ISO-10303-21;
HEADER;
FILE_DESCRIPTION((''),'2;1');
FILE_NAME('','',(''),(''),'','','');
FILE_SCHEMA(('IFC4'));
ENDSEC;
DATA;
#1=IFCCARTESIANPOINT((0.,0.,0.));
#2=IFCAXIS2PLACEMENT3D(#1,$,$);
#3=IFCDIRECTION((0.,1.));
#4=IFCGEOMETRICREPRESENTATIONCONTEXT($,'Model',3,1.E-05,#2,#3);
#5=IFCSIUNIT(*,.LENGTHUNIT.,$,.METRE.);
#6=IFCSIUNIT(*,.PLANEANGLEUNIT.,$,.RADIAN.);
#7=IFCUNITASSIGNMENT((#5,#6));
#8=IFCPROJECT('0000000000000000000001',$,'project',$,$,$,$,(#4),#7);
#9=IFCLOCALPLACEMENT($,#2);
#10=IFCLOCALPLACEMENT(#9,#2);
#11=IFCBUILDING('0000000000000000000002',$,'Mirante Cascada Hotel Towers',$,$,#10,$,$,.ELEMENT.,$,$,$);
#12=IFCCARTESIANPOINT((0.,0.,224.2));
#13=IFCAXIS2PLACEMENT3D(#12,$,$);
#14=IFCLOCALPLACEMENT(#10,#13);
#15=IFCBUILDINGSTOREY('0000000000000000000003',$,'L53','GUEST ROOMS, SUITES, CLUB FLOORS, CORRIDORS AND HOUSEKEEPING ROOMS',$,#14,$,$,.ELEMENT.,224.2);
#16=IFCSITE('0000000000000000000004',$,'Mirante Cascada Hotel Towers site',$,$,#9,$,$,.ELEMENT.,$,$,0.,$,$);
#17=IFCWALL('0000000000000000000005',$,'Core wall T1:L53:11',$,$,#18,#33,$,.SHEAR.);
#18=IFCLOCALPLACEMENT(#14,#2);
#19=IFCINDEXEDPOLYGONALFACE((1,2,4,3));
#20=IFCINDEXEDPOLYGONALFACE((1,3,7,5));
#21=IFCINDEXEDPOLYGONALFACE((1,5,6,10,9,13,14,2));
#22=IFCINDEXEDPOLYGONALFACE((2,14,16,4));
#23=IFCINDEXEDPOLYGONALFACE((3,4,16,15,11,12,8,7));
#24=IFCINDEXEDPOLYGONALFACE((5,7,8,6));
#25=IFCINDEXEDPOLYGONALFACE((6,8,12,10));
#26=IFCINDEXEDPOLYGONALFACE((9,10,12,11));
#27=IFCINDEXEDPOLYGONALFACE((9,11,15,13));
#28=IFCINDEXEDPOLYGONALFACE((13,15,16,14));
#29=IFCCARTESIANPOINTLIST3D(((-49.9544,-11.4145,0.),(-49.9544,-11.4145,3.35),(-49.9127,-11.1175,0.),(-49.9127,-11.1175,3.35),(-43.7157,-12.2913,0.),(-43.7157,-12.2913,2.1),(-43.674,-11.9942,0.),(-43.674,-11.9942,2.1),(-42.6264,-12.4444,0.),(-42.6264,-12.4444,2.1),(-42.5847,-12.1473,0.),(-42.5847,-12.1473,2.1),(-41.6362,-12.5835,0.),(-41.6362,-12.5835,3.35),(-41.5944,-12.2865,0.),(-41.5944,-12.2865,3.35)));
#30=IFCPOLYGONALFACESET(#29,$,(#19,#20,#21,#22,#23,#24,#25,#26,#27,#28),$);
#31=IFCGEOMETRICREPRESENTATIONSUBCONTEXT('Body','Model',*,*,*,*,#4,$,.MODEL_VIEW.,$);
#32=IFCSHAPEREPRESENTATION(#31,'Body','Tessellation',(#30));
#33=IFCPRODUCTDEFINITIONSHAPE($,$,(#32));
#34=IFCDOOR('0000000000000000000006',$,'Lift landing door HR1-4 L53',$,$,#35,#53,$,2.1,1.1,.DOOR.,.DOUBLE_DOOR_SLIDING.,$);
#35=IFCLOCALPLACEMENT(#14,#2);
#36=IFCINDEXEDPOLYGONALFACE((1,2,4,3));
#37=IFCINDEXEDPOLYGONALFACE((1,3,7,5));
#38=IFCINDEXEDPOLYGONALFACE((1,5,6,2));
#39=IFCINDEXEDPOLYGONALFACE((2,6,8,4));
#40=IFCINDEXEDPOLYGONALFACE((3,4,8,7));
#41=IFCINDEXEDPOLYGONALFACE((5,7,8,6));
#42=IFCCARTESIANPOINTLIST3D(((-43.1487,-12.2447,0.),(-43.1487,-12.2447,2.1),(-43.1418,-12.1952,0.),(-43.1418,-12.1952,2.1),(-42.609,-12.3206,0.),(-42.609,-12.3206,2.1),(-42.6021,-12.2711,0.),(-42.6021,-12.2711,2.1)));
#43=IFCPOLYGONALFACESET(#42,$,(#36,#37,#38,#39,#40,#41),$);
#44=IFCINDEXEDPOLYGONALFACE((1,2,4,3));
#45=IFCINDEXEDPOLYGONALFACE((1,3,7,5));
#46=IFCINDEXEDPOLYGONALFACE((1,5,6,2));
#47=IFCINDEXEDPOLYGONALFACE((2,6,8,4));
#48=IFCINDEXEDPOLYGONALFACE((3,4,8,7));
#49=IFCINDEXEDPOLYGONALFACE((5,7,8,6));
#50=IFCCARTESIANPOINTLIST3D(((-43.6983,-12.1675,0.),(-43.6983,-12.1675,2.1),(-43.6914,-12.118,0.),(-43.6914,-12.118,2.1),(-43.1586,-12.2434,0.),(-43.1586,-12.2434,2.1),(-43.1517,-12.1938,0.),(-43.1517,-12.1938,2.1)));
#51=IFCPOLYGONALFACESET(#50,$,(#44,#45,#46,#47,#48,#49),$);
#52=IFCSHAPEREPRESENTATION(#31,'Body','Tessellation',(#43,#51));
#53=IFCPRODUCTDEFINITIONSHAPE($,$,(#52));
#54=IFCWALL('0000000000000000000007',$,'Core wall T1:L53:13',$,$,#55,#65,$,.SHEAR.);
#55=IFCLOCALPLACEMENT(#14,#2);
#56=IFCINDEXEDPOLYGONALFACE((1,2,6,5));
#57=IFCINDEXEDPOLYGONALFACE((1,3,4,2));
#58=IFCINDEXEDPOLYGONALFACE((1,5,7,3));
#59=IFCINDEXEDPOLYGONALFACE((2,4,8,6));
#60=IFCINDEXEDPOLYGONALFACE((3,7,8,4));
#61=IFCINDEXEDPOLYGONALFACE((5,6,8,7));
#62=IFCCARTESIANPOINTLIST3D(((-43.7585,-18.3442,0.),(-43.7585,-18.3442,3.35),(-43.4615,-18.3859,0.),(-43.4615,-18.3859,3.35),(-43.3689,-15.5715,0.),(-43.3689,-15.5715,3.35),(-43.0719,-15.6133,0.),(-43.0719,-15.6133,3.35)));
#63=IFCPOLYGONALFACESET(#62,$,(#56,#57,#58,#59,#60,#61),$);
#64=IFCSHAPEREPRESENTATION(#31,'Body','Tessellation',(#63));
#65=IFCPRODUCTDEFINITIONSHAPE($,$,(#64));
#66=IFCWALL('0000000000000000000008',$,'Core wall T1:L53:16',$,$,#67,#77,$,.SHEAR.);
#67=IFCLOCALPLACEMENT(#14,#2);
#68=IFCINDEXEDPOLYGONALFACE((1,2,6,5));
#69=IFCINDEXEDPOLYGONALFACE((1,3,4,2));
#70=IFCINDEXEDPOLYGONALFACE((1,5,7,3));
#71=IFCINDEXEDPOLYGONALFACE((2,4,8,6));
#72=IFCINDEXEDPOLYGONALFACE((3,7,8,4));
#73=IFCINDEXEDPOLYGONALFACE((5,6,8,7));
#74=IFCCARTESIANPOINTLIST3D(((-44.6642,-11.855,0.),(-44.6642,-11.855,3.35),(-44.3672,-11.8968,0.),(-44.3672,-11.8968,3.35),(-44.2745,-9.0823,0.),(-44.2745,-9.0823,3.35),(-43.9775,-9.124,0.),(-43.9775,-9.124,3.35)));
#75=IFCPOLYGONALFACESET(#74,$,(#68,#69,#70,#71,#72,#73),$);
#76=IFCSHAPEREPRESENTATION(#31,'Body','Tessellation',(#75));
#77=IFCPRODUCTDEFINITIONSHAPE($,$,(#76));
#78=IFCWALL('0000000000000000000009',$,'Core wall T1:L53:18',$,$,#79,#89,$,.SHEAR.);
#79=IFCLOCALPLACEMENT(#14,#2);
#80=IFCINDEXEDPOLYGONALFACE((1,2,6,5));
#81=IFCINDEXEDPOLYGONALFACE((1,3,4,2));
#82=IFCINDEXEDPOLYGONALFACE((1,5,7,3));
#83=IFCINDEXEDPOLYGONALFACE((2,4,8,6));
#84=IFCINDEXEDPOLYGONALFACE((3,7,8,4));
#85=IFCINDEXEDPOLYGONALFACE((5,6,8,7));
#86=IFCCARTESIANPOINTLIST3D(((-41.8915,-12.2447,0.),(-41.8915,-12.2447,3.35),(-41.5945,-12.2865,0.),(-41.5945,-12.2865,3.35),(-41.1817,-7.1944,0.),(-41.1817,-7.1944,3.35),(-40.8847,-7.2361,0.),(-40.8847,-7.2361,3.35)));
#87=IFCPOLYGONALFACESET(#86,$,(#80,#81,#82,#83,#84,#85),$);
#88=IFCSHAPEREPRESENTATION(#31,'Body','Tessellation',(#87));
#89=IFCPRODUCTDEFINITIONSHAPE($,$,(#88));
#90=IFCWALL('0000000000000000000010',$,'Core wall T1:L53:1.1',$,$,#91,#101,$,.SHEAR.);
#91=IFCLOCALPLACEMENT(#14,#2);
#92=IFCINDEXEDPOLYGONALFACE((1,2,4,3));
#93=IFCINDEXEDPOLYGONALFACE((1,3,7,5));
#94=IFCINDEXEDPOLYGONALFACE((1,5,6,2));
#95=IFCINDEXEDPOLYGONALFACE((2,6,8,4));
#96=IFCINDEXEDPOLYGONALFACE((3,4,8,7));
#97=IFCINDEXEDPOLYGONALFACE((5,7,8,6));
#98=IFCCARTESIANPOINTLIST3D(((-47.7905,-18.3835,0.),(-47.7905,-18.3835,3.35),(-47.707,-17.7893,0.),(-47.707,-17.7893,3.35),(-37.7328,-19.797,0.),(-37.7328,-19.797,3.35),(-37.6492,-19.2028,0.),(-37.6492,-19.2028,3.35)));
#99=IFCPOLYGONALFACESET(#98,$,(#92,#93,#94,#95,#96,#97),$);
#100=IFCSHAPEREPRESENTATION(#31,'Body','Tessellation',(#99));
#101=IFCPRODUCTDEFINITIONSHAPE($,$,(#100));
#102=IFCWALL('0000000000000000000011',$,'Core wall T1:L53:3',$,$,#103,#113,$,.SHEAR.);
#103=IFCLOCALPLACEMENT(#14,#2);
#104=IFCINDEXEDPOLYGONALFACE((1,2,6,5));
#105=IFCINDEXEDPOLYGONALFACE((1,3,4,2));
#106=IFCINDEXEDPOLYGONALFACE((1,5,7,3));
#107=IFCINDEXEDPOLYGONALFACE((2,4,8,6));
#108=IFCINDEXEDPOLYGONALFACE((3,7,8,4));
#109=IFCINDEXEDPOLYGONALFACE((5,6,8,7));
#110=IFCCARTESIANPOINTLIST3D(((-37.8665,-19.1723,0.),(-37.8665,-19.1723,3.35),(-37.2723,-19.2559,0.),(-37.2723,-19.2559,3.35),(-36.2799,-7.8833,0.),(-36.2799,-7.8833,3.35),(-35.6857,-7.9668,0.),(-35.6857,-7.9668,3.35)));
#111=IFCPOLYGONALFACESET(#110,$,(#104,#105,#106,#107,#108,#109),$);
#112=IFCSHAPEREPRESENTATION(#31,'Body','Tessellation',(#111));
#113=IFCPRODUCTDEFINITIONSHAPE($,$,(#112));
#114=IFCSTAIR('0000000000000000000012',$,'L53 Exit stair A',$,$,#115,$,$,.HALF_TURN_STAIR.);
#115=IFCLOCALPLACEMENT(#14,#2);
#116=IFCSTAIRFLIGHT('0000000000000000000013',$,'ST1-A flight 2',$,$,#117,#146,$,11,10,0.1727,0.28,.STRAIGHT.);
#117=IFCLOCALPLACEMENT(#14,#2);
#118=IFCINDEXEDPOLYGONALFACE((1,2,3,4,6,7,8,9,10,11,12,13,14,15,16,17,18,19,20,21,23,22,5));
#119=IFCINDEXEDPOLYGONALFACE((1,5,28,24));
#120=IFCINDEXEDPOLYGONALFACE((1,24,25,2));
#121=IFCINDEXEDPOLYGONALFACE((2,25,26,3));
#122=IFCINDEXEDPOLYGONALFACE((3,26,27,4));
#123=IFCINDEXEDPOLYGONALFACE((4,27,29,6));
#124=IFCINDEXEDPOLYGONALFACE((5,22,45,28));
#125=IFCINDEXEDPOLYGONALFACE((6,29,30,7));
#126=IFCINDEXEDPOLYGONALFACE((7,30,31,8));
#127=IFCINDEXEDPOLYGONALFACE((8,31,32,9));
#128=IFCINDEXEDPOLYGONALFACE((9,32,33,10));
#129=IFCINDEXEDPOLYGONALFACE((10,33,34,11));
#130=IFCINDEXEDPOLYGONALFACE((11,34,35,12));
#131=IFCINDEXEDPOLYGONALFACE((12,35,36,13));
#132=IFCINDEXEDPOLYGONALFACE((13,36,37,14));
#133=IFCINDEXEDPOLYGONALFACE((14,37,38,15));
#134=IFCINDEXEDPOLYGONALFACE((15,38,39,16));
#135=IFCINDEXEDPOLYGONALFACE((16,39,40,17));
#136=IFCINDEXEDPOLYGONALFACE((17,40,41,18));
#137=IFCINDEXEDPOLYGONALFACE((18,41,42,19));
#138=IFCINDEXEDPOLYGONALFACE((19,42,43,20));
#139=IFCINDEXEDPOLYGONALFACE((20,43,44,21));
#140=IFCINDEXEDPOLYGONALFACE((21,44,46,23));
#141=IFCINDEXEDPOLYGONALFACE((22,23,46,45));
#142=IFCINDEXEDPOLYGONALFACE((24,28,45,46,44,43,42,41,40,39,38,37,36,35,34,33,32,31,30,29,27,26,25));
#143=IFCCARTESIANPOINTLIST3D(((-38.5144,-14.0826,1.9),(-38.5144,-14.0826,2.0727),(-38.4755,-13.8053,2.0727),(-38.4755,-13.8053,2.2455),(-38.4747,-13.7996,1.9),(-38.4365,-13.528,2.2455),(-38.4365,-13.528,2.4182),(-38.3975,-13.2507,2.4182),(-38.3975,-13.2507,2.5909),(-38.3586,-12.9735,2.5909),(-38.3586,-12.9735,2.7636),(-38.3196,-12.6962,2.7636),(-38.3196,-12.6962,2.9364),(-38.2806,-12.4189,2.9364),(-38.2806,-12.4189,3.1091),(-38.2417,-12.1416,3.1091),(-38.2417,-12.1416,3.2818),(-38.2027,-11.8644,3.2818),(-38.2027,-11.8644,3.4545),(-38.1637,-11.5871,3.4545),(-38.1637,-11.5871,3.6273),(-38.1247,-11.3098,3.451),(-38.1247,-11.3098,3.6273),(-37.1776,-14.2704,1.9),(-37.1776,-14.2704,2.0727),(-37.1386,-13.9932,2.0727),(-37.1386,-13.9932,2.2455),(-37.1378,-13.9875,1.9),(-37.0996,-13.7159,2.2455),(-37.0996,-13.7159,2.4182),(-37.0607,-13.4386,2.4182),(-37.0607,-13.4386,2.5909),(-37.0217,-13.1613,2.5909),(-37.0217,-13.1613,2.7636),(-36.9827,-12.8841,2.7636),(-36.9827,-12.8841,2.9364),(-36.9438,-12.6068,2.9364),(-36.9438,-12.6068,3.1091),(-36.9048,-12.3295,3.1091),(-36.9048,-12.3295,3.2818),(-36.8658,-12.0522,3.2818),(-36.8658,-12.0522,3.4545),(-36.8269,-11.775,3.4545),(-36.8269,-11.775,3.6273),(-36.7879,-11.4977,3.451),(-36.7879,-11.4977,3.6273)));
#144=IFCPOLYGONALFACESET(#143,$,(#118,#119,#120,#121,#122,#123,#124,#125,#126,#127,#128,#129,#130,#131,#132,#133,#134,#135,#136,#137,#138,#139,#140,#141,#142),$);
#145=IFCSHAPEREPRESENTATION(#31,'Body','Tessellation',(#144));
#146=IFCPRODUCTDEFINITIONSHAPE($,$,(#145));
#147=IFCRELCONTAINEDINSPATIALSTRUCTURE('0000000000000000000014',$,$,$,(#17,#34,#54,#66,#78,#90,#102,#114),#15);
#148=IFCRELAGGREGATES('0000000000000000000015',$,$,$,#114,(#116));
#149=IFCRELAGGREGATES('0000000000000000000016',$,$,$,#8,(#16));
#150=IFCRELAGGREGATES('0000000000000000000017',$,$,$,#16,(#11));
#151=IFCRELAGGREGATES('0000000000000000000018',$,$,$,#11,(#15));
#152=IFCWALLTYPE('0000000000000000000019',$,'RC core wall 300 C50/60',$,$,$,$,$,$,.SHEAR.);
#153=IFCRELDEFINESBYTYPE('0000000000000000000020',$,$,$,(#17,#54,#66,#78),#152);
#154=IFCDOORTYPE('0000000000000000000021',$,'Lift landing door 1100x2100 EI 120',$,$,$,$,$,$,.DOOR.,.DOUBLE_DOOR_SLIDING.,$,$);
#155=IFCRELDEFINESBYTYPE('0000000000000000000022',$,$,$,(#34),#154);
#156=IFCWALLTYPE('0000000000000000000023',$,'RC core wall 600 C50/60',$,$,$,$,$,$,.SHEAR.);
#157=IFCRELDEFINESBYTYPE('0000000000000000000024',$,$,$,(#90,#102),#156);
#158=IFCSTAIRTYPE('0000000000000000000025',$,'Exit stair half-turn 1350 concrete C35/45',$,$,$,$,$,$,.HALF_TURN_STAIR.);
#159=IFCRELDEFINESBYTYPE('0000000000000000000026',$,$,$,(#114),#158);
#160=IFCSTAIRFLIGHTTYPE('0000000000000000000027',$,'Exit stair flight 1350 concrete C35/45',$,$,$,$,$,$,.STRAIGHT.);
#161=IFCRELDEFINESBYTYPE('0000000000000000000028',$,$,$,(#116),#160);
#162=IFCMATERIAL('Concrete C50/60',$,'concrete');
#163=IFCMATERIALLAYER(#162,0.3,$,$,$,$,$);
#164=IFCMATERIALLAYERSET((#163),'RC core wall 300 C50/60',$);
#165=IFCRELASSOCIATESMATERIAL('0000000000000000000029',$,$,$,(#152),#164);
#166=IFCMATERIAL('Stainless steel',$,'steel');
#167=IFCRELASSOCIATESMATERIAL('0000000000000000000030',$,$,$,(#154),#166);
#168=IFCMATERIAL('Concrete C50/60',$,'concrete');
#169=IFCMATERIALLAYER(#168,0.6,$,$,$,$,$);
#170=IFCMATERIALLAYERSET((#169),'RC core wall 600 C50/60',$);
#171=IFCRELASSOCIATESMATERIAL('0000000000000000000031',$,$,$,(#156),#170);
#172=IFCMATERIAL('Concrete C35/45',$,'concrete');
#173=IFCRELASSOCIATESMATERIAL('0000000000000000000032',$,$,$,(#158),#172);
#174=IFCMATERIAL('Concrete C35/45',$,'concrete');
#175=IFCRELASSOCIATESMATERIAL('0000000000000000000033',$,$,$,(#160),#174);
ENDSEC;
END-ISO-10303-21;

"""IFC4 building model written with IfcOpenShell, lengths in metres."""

from ifc_helpers import new_model, si_unit, direction, frame, frame_2d, origin, place, context, subcontext, project, spatial, polyline, rectangle, outline, extrude, material, layer, layer_set, type_object, element, fill, aggregate, save


model = new_model("IFC4")

# Units and contexts
model_context = context("Model", 3, precision=1e-05, world=origin(), true_north=direction((0.0, 1.0)))
body_context = subcontext(model_context, "Body", "Model", "MODEL_VIEW")
ifc_project = project(units=[si_unit("LENGTHUNIT", "METRE"), si_unit("PLANEANGLEUNIT", "RADIAN")], contexts=[model_context])

# Site, building, storey
site_placement = place(None, origin())
site = spatial("IfcSite", under=ifc_project, at=site_placement, Name="Mirante Cascada Hotel Towers site", CompositionType="ELEMENT", RefElevation=0.0)
building_placement = place(site_placement, origin())
building = spatial("IfcBuilding", under=site, at=building_placement, Name="Mirante Cascada Hotel Towers", CompositionType="ELEMENT")
storey_placement = place(building_placement, frame((0.0, 0.0, 224.2)))
storey = spatial("IfcBuildingStorey", under=building, at=storey_placement, Name="L53", Description="GUEST ROOMS, SUITES, CLUB FLOORS, CORRIDORS AND HOUSEKEEPING ROOMS", CompositionType="ELEMENT", Elevation=224.2)

# Shared definitions
ifc_material_1 = material(Name="Concrete C50/60", Category="concrete")
ifc_layer_1 = layer(ifc_material_1, 0.3)
ifc_layer_set_1 = layer_set([ifc_layer_1], Name="RC core wall 300 C50/60")
wall_type_1 = type_object("IfcWallType", Name="RC core wall 300 C50/60", PredefinedType="SHEAR", material=ifc_layer_set_1)

# Shared definitions
ifc_material_2 = material(Name="Stainless steel", Category="steel")
door_type_1 = type_object("IfcDoorType", Name="Lift landing door 1100x2100 EI 120", OperationType="DOUBLE_DOOR_SLIDING", PredefinedType="DOOR", material=ifc_material_2)

# Wall, opening, door
wall_1_placement = place(storey_placement, frame((-41.6153, -12.435, 0.0), z_axis=(0.0, 0.0, 1.0), x_axis=(-0.990269, 0.139166, 0.0)))
wall_1 = element("IfcWall", 1, at=wall_1_placement, inside=storey, type_object=wall_type_1, Name="Core wall T1:L53:11", PredefinedType="SHEAR", context=body_context, shape_type="SweptSolid", body=[
    extrude(rectangle(XDim=8.4, YDim=0.3, at=frame_2d((4.2, 0.0))), origin(), (0.0, 0.0, 1.0), 3.35),
])
opening_1_placement = place(wall_1_placement, frame((1.0, 0.0, 0.0)))
opening_1 = element("IfcOpeningElement", 2, at=opening_1_placement, cuts=wall_1, PredefinedType="OPENING", context=body_context, shape_type="SweptSolid", body=[
    extrude(rectangle(XDim=1.1, YDim=2.1, at=frame_2d((0.55, 1.05))), frame((0.0, 0.15, 0.0), z_axis=(0.0, -1.0, 0.0), x_axis=(1.0, 0.0, 0.0)), (0.0, 0.0, 1.0), 0.3),
])
door_1_placement = place(opening_1_placement, origin())
door_1 = element("IfcDoor", 3, at=door_1_placement, inside=storey, type_object=door_type_1, Name="Lift landing door HR1-4 L53", OperationType="DOUBLE_DOOR_SLIDING", OverallHeight=2.1, OverallWidth=1.1, PredefinedType="DOOR", context=body_context, shape_type="SweptSolid", body=[
    extrude(rectangle(XDim=0.545, YDim=2.1, at=frame_2d((0.2725, 1.05))), frame((0.0, 0.025, 0.0), z_axis=(0.0, -1.0, 0.0), x_axis=(1.0, 0.0, 0.0)), (0.0, 0.0, 1.0), 0.05),
    extrude(rectangle(XDim=0.545, YDim=2.1, at=frame_2d((0.8275, 1.05))), frame((0.0, 0.025, 0.0), z_axis=(0.0, -1.0, 0.0), x_axis=(1.0, 0.0, 0.0)), (0.0, 0.0, 1.0), 0.05),
])
fill(opening_1, door_1)

# Walls
wall_2_placement = place(storey_placement, frame((-43.61, -18.3651, 0.0), z_axis=(0.0, 0.0, 1.0), x_axis=(0.139146, 0.990272, 0.0)))
element("IfcWall", 4, at=wall_2_placement, inside=storey, type_object=wall_type_1, Name="Core wall T1:L53:13", PredefinedType="SHEAR", context=body_context, shape_type="SweptSolid", body=[
    extrude(rectangle(XDim=2.7999, YDim=0.3, at=frame_2d((1.4, 0.0))), origin(), (0.0, 0.0, 1.0), 3.35),
])
wall_3_placement = place(storey_placement, frame((-44.5157, -11.8759, 0.0), z_axis=(0.0, 0.0, 1.0), x_axis=(0.139181, 0.990267, 0.0)))
element("IfcWall", 5, at=wall_3_placement, inside=storey, type_object=wall_type_1, Name="Core wall T1:L53:16", PredefinedType="SHEAR", context=body_context, shape_type="SweptSolid", body=[
    extrude(rectangle(XDim=2.8, YDim=0.3, at=frame_2d((1.4, 0.0))), origin(), (0.0, 0.0, 1.0), 3.35),
])
wall_4_placement = place(storey_placement, frame((-41.743, -12.2656, 0.0), z_axis=(0.0, 0.0, 1.0), x_axis=(0.139176, 0.990268, 0.0)))
element("IfcWall", 6, at=wall_4_placement, inside=storey, type_object=wall_type_1, Name="Core wall T1:L53:18", PredefinedType="SHEAR", context=body_context, shape_type="SweptSolid", body=[
    extrude(rectangle(XDim=5.1, YDim=0.3, at=frame_2d((2.55, 0.0))), origin(), (0.0, 0.0, 1.0), 3.35),
])
ifc_material_3 = material(Name="Concrete C50/60", Category="concrete")
ifc_layer_2 = layer(ifc_material_3, 0.6)
ifc_layer_set_2 = layer_set([ifc_layer_2], Name="RC core wall 600 C50/60")
wall_type_2 = type_object("IfcWallType", Name="RC core wall 600 C50/60", PredefinedType="SHEAR", material=ifc_layer_set_2)
wall_5_placement = place(storey_placement, frame((-37.691, -19.4999, 0.0), z_axis=(0.0, 0.0, 1.0), x_axis=(-0.990268, 0.13917, 0.0)))
element("IfcWall", 7, at=wall_5_placement, inside=storey, type_object=wall_type_2, Name="Core wall T1:L53:1.1", PredefinedType="SHEAR", context=body_context, shape_type="SweptSolid", body=[
    extrude(rectangle(XDim=10.1566, YDim=0.6, at=frame_2d((5.0783, 0.0))), origin(), (0.0, 0.0, 1.0), 3.35),
])
wall_6_placement = place(storey_placement, frame((-37.5694, -19.2141, 0.0), z_axis=(0.0, 0.0, 1.0), x_axis=(0.139175, 0.990268, 0.0)))
element("IfcWall", 8, at=wall_6_placement, inside=storey, type_object=wall_type_2, Name="Core wall T1:L53:3", PredefinedType="SHEAR", context=body_context, shape_type="SweptSolid", body=[
    extrude(rectangle(XDim=11.4, YDim=0.6, at=frame_2d((5.7, 0.0))), origin(), (0.0, 0.0, 1.0), 3.35),
])

# Stair, stair flight
ifc_material_4 = material(Name="Concrete C35/45", Category="concrete")
stair_type = type_object("IfcStairType", Name="Exit stair half-turn 1350 concrete C35/45", PredefinedType="HALF_TURN_STAIR", material=ifc_material_4)
stair_placement = place(storey_placement, origin())
stair = element("IfcStair", 9, at=stair_placement, inside=storey, type_object=stair_type, Name="L53 Exit stair A", PredefinedType="HALF_TURN_STAIR")
ifc_material_5 = material(Name="Concrete C35/45", Category="concrete")
stair_flight_type = type_object("IfcStairFlightType", Name="Exit stair flight 1350 concrete C35/45", PredefinedType="STRAIGHT", material=ifc_material_5)
stair_flight_placement = place(storey_placement, frame((-37.846, -14.1765, 1.9), z_axis=(0.0, 0.0, 1.0), x_axis=(0.139173, 0.990268, 0.0)))
stair_flight = element("IfcStairFlight", 10, at=stair_flight_placement, type_object=stair_flight_type, Name="ST1-A flight 2", NumberOfRisers=11, NumberOfTreads=10, PredefinedType="STRAIGHT", RiserHeight=0.1727, TreadLength=0.28, context=body_context, shape_type="SweptSolid", body=[
    extrude(outline(polyline([(0.0, 0.0), (0.0, 0.1727), (0.28, 0.1727), (0.28, 0.3455), (0.56, 0.3455), (0.56, 0.5182), (0.84, 0.5182), (0.84, 0.6909), (1.12, 0.6909), (1.12, 0.8636), (1.4, 0.8636), (1.4, 1.0364), (1.68, 1.0364), (1.68, 1.2091), (1.96, 1.2091), (1.96, 1.3818), (2.24, 1.3818), (2.24, 1.5545), (2.52, 1.5545), (2.52, 1.7273), (2.8, 1.7273), (2.8, 1.9), (2.8, 1.551), (0.2857, 0.0), (0.0, 0.0)])), frame((0.0, 0.675, 0.0), z_axis=(0.0, -1.0, 0.0), x_axis=(1.0, 0.0, 0.0)), (0.0, 0.0, 1.0), 1.35),
])
aggregate(stair, [stair_flight])

save(model, "model.ifc")
